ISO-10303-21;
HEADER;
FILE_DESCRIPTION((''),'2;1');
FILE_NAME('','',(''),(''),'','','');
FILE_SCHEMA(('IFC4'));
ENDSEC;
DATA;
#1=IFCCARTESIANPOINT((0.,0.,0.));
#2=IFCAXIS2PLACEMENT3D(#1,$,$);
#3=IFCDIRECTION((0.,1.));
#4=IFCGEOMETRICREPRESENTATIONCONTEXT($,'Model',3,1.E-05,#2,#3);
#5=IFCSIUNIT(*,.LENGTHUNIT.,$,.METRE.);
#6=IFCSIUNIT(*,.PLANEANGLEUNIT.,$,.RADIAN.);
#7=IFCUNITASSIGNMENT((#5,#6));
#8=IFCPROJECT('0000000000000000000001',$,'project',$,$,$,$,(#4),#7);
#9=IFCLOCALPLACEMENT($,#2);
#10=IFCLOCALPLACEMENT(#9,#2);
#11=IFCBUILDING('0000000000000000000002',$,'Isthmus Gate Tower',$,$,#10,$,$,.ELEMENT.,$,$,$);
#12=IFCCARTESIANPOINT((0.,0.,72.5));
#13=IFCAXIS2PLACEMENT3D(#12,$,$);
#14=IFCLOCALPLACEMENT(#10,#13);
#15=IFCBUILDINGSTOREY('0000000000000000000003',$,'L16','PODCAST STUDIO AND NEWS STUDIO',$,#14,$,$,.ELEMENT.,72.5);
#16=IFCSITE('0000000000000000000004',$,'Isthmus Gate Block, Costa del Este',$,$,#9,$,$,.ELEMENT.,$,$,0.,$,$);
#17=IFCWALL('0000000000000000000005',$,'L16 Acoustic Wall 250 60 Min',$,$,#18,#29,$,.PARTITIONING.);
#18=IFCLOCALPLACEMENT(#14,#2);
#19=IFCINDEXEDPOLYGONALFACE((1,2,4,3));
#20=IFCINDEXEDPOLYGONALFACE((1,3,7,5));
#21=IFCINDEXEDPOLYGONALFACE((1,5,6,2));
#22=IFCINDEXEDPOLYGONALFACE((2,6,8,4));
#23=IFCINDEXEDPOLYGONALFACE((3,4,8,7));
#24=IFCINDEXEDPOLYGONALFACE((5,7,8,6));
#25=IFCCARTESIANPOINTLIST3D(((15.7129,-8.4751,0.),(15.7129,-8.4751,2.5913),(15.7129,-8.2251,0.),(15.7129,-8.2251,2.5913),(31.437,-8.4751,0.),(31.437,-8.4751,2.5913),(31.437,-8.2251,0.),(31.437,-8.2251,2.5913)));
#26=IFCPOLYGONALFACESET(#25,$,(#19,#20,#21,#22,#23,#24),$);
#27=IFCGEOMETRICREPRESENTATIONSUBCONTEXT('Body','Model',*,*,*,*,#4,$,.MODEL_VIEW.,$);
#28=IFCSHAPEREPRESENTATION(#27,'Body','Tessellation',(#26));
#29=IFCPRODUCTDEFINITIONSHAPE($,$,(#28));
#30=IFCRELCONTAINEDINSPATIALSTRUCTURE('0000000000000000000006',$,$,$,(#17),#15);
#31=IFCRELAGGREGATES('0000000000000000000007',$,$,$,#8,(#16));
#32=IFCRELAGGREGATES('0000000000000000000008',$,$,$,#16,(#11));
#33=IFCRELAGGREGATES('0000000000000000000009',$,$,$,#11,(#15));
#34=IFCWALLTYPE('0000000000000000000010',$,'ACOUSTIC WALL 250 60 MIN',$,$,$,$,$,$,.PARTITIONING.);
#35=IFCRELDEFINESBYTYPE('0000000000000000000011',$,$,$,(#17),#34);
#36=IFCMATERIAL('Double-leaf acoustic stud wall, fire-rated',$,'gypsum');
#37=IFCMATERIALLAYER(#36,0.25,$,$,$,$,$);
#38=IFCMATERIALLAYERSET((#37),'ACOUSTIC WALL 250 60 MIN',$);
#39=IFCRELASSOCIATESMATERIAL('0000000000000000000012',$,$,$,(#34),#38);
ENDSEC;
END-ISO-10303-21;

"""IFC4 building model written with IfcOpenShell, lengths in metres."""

from ifc_helpers import new_model, si_unit, direction, frame, frame_2d, origin, place, context, subcontext, project, spatial, rectangle, extrude, material, layer, layer_set, type_object, element, save


model = new_model("IFC4")

# Units and contexts
model_context = context("Model", 3, precision=1e-05, world=origin(), true_north=direction((0.0, 1.0)))
body_context = subcontext(model_context, "Body", "Model", "MODEL_VIEW")
ifc_project = project(units=[si_unit("LENGTHUNIT", "METRE"), si_unit("PLANEANGLEUNIT", "RADIAN")], contexts=[model_context])

# Site, building, storey
site_placement = place(None, origin())
site = spatial("IfcSite", under=ifc_project, at=site_placement, Name="Isthmus Gate Block, Costa del Este", CompositionType="ELEMENT", RefElevation=0.0)
building_placement = place(site_placement, origin())
building = spatial("IfcBuilding", under=site, at=building_placement, Name="Isthmus Gate Tower", CompositionType="ELEMENT")
storey_placement = place(building_placement, frame((0.0, 0.0, 72.5)))
storey = spatial("IfcBuildingStorey", under=building, at=storey_placement, Name="L16", Description="PODCAST STUDIO AND NEWS STUDIO", CompositionType="ELEMENT", Elevation=72.5)

# Wall
ifc_material_1 = material(Name="Double-leaf acoustic stud wall, fire-rated", Category="gypsum")
ifc_layer_1 = layer(ifc_material_1, 0.25)
ifc_layer_set_1 = layer_set([ifc_layer_1], Name="ACOUSTIC WALL 250 60 MIN")
wall_type = type_object("IfcWallType", Name="ACOUSTIC WALL 250 60 MIN", PredefinedType="PARTITIONING", material=ifc_layer_set_1)
wall_1_placement = place(storey_placement, frame((15.7129, -8.3501, 0.0), z_axis=(0.0, 0.0, 1.0), x_axis=(1.0, 0.0, 0.0)))
element("IfcWall", 1, at=wall_1_placement, inside=storey, type_object=wall_type, Name="L16 Acoustic Wall 250 60 Min", PredefinedType="PARTITIONING", context=body_context, shape_type="SweptSolid", body=[
    extrude(rectangle(XDim=15.7241, YDim=0.25, at=frame_2d((7.8621, 0.0))), origin(), (0.0, 0.0, 1.0), 2.5913),
])

save(model, "model.ifc")
